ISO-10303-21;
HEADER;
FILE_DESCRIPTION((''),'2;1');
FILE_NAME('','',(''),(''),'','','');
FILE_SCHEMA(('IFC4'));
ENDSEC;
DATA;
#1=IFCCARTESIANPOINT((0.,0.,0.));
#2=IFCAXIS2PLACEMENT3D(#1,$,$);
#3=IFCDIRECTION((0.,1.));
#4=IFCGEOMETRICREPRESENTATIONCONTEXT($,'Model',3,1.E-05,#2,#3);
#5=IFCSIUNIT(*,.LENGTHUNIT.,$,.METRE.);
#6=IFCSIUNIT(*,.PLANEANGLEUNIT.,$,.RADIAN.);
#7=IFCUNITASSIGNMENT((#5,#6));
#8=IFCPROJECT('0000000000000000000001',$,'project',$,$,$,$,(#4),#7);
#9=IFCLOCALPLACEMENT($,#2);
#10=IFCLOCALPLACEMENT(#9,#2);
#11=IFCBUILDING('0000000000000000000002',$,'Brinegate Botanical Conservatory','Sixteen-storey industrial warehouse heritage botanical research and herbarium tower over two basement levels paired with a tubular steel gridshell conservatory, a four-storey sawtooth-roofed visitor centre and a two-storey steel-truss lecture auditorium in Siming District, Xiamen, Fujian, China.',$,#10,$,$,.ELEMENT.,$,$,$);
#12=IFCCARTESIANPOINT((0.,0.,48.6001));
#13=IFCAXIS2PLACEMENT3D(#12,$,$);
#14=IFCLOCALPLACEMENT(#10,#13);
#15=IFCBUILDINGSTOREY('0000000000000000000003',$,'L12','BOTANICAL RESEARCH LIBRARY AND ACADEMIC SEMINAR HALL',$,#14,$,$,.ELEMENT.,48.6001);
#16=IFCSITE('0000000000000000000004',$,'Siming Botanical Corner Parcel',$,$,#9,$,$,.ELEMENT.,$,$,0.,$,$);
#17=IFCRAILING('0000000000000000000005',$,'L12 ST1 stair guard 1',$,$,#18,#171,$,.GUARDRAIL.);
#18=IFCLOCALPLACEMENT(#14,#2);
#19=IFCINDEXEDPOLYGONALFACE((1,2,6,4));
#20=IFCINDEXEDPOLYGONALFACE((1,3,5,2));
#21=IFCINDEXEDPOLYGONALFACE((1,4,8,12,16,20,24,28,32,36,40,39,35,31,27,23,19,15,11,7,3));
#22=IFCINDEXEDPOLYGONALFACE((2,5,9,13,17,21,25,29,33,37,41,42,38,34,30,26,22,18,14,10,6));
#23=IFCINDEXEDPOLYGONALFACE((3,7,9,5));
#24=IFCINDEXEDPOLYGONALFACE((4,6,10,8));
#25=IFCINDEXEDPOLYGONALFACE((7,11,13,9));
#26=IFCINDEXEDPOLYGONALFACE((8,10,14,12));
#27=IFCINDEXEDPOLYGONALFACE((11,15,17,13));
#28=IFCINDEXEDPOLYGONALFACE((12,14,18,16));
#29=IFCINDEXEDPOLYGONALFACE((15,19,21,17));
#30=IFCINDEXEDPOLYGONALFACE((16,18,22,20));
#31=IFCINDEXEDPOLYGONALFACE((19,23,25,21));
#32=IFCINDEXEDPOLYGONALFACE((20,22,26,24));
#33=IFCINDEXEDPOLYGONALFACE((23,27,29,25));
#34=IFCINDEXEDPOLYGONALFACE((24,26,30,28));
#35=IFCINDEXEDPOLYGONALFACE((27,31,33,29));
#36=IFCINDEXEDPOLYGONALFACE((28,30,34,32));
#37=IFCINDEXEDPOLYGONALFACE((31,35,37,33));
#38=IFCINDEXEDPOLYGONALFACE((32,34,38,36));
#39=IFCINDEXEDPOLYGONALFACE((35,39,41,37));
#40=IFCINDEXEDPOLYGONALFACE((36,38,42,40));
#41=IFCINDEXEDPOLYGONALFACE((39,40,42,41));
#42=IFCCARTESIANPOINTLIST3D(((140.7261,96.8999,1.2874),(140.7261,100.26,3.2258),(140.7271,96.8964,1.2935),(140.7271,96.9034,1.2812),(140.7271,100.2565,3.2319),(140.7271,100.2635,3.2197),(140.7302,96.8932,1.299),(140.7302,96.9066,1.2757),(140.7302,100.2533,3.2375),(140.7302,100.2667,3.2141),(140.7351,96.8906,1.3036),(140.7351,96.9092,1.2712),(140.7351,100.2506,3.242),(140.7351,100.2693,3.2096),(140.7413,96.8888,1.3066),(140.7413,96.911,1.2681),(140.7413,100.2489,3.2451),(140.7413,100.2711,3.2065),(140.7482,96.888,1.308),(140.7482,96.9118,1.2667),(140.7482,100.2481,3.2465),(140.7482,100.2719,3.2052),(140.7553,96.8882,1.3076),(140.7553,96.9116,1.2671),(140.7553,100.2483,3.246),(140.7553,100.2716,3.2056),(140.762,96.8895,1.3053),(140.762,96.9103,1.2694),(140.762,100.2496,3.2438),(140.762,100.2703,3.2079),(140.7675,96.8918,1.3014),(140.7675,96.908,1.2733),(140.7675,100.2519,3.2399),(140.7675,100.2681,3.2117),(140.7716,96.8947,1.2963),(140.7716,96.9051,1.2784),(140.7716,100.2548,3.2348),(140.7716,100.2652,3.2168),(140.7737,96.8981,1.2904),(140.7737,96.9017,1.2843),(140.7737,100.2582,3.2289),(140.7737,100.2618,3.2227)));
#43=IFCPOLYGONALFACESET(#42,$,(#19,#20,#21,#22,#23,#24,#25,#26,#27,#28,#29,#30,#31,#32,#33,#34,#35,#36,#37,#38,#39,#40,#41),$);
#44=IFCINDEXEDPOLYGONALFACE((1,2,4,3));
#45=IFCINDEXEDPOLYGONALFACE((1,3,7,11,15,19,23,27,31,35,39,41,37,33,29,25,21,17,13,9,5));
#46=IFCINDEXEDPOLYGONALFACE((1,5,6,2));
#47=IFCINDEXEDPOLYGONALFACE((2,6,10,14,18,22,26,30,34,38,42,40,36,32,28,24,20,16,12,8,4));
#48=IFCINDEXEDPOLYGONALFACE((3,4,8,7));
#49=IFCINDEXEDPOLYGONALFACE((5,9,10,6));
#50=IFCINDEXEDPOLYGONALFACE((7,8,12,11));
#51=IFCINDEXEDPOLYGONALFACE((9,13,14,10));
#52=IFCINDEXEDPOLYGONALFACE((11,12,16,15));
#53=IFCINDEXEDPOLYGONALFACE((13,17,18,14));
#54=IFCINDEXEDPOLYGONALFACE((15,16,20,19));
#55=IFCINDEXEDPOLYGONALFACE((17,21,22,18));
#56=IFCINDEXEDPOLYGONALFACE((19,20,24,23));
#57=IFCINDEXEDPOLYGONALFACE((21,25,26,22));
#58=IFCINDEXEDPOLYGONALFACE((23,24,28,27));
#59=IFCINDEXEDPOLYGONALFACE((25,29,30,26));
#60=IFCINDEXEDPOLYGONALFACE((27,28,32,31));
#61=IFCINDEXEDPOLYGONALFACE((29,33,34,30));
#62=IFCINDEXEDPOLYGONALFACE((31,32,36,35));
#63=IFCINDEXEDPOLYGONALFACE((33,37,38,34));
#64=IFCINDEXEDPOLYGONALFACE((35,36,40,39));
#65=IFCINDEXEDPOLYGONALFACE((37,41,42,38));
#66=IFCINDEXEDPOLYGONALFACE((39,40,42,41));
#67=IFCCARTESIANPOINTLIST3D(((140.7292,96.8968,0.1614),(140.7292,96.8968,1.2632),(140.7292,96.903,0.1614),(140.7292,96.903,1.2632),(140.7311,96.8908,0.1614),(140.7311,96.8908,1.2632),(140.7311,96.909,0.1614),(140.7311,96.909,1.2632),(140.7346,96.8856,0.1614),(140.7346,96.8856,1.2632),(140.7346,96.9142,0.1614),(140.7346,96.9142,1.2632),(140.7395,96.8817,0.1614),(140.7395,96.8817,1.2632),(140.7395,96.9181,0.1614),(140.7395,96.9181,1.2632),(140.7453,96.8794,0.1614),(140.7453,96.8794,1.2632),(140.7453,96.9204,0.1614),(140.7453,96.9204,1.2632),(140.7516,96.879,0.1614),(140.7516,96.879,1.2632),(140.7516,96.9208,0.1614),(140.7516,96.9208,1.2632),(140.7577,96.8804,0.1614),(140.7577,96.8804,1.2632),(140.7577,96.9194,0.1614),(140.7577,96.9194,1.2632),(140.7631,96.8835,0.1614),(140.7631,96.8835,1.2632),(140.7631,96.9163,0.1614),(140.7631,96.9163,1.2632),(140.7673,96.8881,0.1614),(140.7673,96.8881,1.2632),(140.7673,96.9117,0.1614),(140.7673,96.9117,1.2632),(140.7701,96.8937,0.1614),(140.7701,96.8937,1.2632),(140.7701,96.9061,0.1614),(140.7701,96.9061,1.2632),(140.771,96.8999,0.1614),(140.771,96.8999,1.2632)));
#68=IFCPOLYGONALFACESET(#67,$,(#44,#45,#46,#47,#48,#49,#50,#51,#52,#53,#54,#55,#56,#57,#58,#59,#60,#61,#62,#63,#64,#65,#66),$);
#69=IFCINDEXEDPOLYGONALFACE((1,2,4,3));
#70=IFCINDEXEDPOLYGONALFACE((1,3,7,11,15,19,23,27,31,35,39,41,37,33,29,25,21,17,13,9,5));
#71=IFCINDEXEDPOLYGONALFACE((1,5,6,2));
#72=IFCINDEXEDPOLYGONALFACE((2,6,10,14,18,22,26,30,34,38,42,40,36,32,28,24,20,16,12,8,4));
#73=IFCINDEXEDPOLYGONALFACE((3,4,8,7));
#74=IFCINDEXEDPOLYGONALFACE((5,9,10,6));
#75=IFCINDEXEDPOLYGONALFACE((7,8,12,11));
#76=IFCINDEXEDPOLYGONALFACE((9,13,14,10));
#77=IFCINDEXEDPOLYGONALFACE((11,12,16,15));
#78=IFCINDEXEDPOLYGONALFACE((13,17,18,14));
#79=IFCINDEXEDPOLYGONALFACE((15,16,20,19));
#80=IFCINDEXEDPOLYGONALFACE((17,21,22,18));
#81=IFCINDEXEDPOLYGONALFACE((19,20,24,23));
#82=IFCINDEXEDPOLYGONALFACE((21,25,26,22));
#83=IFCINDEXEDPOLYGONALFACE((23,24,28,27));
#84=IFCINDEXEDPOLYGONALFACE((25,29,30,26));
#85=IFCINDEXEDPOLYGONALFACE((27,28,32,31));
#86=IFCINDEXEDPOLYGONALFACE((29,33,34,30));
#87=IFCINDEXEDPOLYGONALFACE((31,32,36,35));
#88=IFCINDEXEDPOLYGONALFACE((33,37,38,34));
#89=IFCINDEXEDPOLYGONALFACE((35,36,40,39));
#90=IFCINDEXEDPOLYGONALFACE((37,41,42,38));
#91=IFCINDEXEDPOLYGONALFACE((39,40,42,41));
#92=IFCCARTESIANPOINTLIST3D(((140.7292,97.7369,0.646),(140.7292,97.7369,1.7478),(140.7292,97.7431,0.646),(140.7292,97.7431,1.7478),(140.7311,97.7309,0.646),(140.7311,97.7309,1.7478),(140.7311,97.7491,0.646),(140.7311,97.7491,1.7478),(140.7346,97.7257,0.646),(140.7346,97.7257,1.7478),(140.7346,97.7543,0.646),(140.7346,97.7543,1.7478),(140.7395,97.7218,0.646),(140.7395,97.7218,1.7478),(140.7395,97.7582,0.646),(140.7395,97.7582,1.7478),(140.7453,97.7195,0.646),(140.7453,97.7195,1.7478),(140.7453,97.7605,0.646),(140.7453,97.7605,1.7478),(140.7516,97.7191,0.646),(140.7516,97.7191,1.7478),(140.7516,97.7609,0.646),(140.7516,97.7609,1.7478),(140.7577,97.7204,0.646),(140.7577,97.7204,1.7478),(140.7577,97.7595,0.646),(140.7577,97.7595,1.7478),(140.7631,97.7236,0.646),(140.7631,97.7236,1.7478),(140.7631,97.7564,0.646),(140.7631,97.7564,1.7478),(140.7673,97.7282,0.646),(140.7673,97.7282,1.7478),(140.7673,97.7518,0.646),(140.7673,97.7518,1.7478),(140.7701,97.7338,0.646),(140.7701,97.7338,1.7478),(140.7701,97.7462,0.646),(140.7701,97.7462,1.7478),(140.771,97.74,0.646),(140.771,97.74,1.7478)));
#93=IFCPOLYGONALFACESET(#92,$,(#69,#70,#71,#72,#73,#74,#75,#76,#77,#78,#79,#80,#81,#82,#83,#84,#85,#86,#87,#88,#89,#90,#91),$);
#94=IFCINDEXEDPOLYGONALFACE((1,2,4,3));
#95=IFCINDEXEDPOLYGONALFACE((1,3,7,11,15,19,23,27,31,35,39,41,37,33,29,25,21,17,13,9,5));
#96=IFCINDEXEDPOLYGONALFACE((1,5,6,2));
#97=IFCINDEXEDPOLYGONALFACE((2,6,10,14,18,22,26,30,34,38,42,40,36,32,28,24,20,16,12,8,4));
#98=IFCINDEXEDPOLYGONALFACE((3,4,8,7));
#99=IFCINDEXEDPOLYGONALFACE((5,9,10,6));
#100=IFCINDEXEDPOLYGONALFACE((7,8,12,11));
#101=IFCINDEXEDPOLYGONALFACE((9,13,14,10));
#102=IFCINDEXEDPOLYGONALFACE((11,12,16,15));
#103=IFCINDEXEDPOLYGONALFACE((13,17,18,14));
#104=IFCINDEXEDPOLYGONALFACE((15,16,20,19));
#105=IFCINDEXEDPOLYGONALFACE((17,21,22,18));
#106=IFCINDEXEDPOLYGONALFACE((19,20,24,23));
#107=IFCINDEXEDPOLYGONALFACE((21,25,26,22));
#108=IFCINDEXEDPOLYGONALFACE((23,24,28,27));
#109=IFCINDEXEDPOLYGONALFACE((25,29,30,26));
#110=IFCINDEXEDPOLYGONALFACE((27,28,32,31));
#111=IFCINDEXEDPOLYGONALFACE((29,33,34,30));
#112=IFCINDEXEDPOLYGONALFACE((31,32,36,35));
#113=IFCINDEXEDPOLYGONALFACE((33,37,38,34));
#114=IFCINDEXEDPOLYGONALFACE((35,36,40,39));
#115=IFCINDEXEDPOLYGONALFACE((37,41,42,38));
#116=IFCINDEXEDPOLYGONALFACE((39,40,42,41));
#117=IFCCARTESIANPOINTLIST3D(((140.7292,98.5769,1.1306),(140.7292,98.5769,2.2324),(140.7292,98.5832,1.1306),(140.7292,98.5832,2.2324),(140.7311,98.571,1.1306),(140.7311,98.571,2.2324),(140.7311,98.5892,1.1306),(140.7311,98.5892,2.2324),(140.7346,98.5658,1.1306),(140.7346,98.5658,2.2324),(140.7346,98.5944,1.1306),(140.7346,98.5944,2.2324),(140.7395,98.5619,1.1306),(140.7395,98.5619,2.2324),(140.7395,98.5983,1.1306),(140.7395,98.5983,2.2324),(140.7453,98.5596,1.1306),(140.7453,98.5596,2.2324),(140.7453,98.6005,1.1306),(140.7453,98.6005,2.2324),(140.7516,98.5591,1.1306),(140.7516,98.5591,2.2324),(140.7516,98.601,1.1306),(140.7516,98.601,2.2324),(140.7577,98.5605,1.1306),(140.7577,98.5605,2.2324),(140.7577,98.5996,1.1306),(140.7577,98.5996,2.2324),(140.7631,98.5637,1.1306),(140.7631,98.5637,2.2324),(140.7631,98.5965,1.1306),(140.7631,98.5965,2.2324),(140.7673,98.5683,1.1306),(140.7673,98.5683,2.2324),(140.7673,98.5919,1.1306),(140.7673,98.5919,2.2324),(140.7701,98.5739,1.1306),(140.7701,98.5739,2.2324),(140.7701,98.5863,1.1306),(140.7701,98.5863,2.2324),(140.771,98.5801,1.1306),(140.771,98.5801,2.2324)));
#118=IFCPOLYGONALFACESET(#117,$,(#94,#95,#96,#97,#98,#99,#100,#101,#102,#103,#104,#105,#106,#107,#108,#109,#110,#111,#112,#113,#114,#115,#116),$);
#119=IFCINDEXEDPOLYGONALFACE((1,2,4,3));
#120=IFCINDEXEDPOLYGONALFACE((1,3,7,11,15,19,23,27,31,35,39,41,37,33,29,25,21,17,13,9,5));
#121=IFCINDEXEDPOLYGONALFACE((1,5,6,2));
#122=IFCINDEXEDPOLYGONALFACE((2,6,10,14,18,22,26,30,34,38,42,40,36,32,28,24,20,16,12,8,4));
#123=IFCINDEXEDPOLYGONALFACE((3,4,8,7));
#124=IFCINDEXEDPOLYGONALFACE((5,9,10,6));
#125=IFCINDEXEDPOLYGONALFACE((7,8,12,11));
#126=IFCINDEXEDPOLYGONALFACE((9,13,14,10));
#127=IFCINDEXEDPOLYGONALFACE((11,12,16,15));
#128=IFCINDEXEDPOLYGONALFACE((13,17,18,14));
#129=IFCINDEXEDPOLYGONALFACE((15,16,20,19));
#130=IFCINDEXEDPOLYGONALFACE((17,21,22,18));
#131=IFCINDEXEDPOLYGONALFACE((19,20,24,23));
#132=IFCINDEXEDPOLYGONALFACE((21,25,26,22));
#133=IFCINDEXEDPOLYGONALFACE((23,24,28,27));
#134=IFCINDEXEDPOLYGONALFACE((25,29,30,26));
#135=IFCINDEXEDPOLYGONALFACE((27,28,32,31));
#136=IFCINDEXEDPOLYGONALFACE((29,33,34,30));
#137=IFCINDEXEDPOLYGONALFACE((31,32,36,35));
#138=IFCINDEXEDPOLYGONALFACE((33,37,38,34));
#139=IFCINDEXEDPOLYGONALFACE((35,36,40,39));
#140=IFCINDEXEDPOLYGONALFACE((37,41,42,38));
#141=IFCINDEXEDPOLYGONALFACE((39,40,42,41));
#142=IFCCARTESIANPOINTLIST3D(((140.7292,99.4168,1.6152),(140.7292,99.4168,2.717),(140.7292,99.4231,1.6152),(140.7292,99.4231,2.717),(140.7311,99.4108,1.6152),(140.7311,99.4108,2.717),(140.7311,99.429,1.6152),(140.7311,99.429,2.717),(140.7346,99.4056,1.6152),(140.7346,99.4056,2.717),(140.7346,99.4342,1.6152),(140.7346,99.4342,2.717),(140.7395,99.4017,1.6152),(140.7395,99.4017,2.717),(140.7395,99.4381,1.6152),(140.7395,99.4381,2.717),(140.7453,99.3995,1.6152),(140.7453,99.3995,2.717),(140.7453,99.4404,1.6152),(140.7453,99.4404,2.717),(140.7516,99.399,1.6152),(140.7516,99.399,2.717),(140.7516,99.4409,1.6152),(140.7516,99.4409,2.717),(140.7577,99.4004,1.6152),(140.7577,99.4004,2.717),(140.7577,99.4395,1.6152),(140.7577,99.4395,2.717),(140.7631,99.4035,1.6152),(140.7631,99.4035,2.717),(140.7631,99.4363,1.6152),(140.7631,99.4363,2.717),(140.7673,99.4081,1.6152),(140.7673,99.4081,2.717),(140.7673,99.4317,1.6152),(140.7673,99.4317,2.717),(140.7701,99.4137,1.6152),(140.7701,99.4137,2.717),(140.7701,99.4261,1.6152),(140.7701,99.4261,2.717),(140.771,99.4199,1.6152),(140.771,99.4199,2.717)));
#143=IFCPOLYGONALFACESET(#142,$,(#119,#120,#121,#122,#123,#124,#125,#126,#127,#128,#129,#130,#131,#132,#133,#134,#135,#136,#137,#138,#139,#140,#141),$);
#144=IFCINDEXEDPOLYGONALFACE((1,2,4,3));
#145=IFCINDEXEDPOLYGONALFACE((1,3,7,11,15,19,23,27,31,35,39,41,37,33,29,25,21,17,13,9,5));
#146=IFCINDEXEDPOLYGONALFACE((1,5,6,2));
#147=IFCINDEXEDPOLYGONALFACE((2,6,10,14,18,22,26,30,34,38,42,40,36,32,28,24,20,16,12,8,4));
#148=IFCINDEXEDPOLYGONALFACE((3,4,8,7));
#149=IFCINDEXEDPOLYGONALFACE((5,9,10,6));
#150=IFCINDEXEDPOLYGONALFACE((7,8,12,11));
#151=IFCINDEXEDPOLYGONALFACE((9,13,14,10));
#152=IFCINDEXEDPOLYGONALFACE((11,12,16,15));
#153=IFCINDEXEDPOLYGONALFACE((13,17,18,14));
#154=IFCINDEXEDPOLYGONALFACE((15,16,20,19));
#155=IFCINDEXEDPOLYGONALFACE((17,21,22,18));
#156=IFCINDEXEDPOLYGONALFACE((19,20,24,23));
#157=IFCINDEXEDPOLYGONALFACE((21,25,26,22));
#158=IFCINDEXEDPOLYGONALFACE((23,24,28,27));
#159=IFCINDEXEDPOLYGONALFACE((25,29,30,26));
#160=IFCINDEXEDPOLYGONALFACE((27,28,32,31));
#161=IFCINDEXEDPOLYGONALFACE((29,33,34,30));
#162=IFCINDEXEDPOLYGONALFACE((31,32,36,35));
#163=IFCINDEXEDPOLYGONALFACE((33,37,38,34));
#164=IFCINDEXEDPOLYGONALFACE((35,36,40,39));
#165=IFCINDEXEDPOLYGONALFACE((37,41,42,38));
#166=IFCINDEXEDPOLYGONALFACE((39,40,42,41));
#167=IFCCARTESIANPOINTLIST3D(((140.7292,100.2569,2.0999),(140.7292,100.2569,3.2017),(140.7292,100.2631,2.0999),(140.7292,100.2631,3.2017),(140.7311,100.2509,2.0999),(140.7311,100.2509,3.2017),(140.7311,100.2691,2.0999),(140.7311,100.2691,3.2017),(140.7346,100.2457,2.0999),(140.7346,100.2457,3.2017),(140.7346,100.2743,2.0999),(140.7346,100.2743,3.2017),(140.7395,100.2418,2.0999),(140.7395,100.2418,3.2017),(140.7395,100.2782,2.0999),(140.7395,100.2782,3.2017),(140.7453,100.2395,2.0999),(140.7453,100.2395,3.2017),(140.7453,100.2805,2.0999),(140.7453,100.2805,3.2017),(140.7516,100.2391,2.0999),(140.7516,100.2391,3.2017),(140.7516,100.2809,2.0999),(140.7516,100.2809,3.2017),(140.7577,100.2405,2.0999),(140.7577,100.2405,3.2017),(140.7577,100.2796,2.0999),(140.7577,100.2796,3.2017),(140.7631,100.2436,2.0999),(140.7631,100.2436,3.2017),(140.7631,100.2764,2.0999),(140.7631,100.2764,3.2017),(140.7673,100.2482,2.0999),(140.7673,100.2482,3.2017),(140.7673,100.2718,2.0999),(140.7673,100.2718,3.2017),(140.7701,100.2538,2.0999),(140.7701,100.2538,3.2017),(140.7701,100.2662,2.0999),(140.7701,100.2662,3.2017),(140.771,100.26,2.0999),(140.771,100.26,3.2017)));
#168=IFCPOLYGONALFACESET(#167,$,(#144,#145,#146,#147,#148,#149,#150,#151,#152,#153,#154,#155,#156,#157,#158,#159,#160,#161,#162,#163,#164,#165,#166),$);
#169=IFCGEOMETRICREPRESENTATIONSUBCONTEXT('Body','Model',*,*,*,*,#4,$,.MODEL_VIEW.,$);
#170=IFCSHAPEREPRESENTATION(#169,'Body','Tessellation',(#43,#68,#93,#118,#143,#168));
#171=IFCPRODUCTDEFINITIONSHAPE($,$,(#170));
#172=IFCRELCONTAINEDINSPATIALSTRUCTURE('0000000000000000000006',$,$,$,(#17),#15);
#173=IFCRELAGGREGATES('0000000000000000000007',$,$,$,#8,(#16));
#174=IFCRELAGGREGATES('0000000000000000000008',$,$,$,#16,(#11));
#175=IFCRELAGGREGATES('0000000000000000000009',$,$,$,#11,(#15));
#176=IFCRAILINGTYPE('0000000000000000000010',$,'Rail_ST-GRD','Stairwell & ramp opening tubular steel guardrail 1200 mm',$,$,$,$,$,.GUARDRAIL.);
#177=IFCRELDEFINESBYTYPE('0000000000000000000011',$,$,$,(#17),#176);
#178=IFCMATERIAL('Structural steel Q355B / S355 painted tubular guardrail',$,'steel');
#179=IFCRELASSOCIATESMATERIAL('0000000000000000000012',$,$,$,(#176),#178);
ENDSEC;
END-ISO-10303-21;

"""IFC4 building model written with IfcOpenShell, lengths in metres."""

from ifc_helpers import new_model, si_unit, direction, frame, origin, origin_2d, place, context, subcontext, project, spatial, circle, extrude, material, type_object, element, save


model = new_model("IFC4")

# Units and contexts
model_context = context("Model", 3, precision=1e-05, world=origin(), true_north=direction((0.0, 1.0)))
body_context = subcontext(model_context, "Body", "Model", "MODEL_VIEW")
ifc_project = project(units=[si_unit("LENGTHUNIT", "METRE"), si_unit("PLANEANGLEUNIT", "RADIAN")], contexts=[model_context])

# Site, building, storey
site_placement = place(None, origin())
site = spatial("IfcSite", under=ifc_project, at=site_placement, Name="Siming Botanical Corner Parcel", CompositionType="ELEMENT", RefElevation=0.0)
building_placement = place(site_placement, origin())
building = spatial("IfcBuilding", under=site, at=building_placement, Name="Brinegate Botanical Conservatory", Description="Sixteen-storey industrial warehouse heritage botanical research and herbarium tower over two basement levels paired with a tubular steel gridshell conservatory, a four-storey sawtooth-roofed visitor centre and a two-storey steel-truss lecture auditorium in Siming District, Xiamen, Fujian, China.", CompositionType="ELEMENT")
storey_placement = place(building_placement, frame((0.0, 0.0, 48.6001)))
storey = spatial("IfcBuildingStorey", under=building, at=storey_placement, Name="L12", Description="BOTANICAL RESEARCH LIBRARY AND ACADEMIC SEMINAR HALL", CompositionType="ELEMENT", Elevation=48.6001)

# Railing
ifc_material_1 = material(Name="Structural steel Q355B / S355 painted tubular guardrail", Category="steel")
railing_type_1 = type_object("IfcRailingType", Name="Rail_ST-GRD", Description="Stairwell & ramp opening tubular steel guardrail 1200 mm", PredefinedType="GUARDRAIL", material=ifc_material_1)
railing_1_placement = place(storey_placement, frame((140.75, 96.8999, 0.1614)))
element("IfcRailing", 1, at=railing_1_placement, inside=storey, type_object=railing_type_1, Name="L12 ST1 stair guard 1", PredefinedType="GUARDRAIL", context=body_context, shape_type="SweptSolid", body=[
    extrude(circle(Radius=0.0239, at=origin_2d()), frame((0.0, 0.0, 1.126), z_axis=(0.0, 0.866191, 0.499713), x_axis=(-1.0, 0.0, 0.0)), (0.0, 0.0, 1.0), 3.8792),
    extrude(circle(Radius=0.021, at=origin_2d()), origin(), (0.0, 0.0, 1.0), 1.1018),
    extrude(circle(Radius=0.021, at=origin_2d()), frame((0.0, 0.8401, 0.4846)), (0.0, 0.0, 1.0), 1.1018),
    extrude(circle(Radius=0.021, at=origin_2d()), frame((0.0, 1.6802, 0.9692)), (0.0, 0.0, 1.0), 1.1018),
    extrude(circle(Radius=0.021, at=origin_2d()), frame((0.0, 2.52, 1.4539)), (0.0, 0.0, 1.0), 1.1018),
    extrude(circle(Radius=0.021, at=origin_2d()), frame((0.0, 3.3601, 1.9385)), (0.0, 0.0, 1.0), 1.1018),
])

save(model, "model.ifc")
